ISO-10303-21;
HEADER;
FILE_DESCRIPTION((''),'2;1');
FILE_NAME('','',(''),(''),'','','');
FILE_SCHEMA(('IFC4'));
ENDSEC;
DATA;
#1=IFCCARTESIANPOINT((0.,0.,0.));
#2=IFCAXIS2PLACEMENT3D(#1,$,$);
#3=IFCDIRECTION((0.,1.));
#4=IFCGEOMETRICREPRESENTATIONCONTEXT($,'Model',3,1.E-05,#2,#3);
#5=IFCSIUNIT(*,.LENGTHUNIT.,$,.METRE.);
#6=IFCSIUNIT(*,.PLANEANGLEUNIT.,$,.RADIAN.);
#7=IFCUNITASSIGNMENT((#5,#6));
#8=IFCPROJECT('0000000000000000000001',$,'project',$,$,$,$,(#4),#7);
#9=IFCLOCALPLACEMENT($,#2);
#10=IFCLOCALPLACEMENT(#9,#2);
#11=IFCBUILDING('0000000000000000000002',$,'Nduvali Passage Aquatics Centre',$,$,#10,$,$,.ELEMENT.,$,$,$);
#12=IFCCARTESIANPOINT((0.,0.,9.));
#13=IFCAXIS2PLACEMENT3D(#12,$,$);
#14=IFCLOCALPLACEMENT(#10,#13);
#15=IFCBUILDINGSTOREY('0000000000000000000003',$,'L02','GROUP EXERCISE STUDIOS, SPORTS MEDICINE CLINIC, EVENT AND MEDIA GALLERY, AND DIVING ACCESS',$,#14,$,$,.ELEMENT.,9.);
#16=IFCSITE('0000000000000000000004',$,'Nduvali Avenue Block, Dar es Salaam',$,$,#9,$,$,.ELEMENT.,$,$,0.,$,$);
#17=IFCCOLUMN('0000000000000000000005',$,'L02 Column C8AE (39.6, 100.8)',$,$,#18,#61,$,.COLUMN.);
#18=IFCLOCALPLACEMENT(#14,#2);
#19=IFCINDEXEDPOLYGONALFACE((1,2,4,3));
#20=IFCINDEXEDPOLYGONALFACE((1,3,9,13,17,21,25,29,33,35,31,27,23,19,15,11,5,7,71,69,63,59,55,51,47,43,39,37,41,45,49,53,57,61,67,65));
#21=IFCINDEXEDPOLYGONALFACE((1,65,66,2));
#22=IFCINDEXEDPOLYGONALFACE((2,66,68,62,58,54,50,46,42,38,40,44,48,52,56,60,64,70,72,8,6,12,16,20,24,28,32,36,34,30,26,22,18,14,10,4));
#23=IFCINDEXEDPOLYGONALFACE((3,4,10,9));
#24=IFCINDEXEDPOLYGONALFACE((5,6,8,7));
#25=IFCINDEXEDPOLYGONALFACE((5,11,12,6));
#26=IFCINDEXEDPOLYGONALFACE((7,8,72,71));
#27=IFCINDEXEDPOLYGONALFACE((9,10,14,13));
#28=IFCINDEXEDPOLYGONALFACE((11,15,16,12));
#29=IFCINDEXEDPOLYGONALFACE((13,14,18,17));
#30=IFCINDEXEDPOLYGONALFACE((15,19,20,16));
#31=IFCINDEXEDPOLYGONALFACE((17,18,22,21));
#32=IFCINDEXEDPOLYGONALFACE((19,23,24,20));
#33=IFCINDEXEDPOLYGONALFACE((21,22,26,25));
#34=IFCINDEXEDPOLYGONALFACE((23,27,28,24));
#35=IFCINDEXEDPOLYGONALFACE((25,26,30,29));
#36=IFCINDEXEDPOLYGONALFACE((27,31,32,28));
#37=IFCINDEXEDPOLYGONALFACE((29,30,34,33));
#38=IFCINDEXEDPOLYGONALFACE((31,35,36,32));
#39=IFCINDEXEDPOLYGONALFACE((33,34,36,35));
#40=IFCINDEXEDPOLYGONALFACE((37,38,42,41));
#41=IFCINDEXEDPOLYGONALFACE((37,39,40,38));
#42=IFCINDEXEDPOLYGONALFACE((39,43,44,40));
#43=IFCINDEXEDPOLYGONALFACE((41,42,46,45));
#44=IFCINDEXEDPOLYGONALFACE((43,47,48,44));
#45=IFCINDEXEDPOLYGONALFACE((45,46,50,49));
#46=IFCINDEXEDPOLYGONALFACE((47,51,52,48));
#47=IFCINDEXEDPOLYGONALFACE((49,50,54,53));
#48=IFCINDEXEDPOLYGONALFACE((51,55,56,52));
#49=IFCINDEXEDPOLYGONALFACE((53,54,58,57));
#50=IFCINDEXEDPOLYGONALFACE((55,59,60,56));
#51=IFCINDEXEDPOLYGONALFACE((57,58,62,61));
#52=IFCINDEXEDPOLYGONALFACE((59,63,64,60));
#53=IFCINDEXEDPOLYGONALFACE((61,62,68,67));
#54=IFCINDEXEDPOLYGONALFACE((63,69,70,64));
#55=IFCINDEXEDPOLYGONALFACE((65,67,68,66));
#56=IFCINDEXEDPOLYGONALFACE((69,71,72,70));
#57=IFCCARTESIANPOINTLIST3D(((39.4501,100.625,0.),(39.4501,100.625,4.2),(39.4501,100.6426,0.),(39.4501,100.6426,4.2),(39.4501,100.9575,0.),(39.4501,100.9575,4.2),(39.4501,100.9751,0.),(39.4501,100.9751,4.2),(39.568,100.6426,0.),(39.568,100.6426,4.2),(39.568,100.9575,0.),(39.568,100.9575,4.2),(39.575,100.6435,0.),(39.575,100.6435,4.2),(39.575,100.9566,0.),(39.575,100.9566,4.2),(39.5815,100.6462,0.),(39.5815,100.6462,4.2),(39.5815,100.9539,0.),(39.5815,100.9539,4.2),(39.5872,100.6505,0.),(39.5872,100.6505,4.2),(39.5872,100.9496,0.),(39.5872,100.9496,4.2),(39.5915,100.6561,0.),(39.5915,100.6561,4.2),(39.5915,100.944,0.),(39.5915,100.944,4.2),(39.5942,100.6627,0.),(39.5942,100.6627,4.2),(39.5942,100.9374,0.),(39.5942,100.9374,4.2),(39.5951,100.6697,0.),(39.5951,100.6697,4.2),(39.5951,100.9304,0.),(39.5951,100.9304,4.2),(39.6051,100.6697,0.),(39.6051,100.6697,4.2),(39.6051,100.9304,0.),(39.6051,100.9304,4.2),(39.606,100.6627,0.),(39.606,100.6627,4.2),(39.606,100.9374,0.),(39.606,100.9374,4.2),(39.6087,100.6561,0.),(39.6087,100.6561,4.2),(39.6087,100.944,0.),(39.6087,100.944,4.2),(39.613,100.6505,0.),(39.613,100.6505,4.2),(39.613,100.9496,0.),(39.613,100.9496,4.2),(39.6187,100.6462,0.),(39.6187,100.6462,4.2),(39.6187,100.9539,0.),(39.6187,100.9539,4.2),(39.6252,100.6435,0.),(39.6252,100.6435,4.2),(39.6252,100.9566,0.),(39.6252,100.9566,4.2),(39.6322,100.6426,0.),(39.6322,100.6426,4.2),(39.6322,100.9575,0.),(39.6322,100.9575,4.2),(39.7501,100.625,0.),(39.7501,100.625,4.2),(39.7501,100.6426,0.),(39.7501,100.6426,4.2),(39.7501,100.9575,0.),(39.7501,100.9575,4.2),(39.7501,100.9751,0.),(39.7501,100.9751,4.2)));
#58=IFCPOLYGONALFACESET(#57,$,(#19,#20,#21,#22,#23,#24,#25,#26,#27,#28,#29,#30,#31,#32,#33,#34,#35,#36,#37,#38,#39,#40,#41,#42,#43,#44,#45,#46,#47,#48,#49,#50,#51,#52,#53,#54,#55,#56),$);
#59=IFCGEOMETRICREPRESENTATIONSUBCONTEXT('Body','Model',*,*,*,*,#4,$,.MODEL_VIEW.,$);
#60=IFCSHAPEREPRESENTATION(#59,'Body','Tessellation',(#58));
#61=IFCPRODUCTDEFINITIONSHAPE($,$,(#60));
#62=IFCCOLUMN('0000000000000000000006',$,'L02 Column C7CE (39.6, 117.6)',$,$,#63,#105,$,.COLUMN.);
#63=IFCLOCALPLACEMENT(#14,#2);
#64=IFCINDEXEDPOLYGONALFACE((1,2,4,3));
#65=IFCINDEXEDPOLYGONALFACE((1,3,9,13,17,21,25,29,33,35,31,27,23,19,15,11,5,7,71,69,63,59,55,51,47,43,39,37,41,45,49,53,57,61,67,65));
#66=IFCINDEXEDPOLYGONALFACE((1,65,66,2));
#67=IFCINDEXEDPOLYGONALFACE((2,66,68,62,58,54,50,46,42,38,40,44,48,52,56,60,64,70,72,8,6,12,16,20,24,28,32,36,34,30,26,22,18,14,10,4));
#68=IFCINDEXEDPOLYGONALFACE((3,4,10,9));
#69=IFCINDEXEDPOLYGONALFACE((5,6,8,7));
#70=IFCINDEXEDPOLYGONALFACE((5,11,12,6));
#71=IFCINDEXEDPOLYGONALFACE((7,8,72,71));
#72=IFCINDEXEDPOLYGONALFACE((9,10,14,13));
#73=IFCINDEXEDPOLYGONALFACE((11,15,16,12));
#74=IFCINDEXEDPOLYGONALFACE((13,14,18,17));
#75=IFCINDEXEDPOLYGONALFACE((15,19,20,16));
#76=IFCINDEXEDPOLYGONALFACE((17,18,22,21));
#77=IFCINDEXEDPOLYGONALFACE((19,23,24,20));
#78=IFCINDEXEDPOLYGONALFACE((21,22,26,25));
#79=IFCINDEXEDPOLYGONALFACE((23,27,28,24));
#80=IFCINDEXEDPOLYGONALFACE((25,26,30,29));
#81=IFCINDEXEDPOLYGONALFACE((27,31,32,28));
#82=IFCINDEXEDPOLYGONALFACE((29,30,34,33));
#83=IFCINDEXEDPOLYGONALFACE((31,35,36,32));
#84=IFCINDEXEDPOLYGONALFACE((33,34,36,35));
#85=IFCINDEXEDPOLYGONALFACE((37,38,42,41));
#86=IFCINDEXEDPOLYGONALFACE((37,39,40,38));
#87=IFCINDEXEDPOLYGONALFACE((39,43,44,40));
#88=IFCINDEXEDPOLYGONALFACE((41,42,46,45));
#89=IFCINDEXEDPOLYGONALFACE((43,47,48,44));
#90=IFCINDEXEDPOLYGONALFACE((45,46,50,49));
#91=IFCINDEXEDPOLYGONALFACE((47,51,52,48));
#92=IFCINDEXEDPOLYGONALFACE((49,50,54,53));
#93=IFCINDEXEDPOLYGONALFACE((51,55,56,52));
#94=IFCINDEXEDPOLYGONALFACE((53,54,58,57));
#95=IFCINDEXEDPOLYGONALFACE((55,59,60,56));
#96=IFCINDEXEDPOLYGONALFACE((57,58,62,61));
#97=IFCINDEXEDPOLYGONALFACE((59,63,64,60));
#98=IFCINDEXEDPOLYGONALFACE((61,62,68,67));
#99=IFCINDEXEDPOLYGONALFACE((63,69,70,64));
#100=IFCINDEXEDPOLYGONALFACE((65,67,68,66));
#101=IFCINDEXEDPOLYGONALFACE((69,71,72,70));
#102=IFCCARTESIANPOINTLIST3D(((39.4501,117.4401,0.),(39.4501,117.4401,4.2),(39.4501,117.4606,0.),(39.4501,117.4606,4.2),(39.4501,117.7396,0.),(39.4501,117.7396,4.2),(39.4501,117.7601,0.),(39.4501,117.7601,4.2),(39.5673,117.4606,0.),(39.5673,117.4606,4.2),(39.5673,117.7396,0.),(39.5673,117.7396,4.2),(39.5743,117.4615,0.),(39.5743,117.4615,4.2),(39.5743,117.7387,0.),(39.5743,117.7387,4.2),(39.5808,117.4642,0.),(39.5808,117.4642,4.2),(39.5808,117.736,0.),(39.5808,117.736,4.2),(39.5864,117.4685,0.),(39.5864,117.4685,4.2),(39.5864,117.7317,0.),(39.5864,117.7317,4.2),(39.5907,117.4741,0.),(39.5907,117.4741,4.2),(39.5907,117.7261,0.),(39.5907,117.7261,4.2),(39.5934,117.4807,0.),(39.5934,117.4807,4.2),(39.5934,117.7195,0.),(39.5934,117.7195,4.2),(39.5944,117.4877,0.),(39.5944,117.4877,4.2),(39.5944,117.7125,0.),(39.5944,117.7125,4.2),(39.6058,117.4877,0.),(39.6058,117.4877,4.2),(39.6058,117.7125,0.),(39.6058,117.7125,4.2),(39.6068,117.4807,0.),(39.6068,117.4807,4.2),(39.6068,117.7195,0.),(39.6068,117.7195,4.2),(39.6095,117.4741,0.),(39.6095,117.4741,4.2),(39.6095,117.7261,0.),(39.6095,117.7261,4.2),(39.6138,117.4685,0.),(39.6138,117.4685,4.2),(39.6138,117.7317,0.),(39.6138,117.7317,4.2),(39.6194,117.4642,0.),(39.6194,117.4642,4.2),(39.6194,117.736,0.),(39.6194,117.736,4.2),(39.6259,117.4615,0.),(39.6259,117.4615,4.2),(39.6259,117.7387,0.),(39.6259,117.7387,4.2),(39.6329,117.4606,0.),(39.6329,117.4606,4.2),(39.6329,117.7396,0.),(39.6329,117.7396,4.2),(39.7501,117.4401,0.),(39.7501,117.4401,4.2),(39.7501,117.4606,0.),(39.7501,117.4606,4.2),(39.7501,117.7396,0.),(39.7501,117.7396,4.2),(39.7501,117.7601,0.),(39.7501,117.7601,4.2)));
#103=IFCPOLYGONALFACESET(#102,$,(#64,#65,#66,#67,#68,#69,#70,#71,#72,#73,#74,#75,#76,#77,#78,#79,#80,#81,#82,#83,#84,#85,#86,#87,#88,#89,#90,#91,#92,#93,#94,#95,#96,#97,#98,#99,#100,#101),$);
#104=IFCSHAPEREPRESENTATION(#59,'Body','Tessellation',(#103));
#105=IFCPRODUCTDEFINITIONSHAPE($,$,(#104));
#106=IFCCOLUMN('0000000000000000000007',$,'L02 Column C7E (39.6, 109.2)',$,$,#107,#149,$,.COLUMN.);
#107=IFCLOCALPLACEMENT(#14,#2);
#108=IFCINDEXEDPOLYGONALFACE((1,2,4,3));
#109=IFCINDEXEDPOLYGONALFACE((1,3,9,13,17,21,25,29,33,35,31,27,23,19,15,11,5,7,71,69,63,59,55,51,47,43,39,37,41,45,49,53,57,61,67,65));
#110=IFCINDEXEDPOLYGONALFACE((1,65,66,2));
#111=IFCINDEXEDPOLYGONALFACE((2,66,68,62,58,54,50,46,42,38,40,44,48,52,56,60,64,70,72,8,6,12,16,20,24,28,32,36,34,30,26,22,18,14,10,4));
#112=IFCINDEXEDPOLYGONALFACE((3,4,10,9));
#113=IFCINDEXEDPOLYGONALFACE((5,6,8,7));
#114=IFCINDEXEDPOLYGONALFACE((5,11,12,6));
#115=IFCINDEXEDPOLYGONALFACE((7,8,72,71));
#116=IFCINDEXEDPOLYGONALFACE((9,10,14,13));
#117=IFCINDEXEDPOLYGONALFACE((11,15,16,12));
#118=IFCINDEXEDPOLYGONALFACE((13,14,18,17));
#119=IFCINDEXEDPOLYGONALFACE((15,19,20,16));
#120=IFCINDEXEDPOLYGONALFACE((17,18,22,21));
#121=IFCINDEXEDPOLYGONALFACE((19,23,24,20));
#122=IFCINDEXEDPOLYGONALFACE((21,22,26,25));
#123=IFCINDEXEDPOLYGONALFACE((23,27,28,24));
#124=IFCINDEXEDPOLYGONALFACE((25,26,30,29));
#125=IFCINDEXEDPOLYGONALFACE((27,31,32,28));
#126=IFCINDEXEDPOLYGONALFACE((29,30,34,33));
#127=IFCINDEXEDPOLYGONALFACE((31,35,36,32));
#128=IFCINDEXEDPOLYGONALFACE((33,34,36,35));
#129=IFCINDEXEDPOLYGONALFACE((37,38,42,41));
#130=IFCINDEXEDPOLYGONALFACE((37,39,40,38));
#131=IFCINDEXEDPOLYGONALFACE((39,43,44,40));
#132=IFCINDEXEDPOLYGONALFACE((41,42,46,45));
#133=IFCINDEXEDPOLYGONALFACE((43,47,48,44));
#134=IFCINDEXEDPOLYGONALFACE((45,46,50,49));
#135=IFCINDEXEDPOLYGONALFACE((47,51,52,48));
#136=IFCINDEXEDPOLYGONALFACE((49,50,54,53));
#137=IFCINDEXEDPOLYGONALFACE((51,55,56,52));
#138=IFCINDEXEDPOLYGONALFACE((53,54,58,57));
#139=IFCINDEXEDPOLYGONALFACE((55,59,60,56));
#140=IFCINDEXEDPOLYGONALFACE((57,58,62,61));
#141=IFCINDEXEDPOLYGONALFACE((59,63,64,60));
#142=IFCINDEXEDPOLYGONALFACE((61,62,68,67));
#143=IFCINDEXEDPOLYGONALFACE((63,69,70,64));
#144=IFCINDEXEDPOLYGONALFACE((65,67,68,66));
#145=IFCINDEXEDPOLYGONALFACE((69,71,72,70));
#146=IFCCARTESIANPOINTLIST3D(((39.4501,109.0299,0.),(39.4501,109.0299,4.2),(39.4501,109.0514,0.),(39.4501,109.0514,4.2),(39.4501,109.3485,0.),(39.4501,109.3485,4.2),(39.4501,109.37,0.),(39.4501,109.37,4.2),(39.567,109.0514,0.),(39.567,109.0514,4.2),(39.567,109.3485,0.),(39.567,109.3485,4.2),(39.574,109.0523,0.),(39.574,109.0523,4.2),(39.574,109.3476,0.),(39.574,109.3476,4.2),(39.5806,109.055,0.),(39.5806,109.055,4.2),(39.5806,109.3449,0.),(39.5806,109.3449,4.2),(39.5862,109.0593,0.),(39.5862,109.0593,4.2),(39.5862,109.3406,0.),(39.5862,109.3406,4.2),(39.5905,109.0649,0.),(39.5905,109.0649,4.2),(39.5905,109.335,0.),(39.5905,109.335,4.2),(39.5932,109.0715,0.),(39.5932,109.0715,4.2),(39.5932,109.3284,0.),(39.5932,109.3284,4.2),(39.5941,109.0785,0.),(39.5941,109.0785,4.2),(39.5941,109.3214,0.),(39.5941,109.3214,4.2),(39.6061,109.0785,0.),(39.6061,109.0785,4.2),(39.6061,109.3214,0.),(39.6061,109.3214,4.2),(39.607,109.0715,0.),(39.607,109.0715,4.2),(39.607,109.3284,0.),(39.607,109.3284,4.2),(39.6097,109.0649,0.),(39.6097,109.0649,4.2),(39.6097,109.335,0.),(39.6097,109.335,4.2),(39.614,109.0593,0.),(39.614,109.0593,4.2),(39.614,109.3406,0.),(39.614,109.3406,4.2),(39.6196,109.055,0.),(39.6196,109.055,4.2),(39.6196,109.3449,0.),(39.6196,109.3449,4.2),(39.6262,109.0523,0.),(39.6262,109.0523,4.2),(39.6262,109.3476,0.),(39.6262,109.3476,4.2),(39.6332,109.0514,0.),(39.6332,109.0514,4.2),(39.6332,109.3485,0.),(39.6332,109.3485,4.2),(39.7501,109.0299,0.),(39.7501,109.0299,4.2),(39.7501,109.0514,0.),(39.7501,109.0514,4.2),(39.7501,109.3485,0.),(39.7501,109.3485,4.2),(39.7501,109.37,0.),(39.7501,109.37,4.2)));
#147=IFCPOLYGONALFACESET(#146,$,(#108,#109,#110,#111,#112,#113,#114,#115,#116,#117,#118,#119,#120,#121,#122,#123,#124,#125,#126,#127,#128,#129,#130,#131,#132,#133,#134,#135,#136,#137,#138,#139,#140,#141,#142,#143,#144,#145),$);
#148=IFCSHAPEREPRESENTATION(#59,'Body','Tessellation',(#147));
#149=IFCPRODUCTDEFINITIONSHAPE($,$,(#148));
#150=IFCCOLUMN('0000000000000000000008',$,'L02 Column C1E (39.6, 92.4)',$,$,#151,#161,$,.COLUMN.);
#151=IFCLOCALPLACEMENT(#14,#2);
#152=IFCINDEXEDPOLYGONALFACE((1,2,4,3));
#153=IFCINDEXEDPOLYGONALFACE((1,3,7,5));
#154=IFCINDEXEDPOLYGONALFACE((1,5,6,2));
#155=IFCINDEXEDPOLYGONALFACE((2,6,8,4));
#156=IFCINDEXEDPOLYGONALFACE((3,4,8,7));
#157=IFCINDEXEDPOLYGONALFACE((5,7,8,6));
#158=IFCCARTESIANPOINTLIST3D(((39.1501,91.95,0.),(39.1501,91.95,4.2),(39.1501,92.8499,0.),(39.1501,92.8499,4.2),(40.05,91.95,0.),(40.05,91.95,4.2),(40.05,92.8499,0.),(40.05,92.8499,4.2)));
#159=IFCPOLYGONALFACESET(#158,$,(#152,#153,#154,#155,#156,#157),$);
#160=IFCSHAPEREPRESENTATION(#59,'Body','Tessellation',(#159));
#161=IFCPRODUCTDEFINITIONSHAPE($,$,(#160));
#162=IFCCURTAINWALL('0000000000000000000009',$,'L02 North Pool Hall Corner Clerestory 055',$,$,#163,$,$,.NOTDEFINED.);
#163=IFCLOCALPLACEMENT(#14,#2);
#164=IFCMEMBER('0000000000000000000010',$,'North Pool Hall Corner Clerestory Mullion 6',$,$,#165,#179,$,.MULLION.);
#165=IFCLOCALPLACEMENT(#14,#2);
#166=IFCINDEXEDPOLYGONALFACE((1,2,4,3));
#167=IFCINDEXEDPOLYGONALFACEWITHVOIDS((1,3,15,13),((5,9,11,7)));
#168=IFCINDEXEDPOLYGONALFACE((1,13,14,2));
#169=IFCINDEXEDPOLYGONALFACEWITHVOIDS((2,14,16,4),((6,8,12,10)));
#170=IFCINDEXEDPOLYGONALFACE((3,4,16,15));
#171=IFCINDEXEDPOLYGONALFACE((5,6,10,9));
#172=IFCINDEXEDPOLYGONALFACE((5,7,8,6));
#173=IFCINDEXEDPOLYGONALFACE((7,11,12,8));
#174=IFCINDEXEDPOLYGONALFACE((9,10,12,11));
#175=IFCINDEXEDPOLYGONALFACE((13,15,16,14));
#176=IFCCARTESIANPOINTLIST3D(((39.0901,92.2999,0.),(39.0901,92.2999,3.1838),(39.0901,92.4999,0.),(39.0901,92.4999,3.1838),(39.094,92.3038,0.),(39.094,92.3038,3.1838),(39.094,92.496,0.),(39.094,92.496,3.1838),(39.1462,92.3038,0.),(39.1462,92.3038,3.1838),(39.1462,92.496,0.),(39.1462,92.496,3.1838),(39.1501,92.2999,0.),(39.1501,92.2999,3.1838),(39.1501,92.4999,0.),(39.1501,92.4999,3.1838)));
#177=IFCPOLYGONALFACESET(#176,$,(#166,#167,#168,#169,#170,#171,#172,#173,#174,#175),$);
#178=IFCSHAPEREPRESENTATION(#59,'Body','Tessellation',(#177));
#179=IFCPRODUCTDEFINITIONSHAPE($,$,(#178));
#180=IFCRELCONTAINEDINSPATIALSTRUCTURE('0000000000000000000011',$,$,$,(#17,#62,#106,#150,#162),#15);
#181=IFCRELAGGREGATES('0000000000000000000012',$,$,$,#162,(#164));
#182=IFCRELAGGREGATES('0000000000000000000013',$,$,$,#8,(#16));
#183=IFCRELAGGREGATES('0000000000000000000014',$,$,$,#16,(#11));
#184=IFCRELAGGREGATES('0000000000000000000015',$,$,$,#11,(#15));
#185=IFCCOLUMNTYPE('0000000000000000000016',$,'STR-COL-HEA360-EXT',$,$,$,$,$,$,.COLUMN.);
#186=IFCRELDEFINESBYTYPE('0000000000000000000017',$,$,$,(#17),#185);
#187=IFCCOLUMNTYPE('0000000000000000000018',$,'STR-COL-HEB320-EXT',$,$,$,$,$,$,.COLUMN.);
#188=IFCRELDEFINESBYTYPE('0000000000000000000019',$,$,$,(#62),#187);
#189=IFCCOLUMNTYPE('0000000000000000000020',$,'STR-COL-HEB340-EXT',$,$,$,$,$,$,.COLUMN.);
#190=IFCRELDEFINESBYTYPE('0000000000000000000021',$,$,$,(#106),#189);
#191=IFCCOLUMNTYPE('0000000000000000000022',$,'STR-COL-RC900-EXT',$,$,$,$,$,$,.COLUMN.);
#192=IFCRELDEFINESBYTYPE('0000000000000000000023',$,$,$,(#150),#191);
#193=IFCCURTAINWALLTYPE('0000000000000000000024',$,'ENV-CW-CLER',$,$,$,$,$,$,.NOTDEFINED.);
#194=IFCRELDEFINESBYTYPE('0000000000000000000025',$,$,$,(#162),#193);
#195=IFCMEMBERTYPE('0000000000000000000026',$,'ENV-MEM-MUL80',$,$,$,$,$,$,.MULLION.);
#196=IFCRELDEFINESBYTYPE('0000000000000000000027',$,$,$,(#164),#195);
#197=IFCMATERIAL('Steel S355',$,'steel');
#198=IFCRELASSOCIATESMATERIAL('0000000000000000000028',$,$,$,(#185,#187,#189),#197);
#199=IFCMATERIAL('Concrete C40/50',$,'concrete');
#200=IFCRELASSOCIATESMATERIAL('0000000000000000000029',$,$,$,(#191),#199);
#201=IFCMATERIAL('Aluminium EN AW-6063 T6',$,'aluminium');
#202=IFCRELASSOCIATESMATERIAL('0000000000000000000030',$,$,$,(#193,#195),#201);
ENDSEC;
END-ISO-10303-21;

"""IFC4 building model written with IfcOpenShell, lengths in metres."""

from ifc_helpers import new_model, si_unit, direction, frame, origin, origin_2d, place, context, subcontext, project, spatial, rectangle, hollow_rectangle, i_section, extrude, material, material_profile, profile_set, type_object, element, aggregate, save


model = new_model("IFC4")

# Units and contexts
model_context = context("Model", 3, precision=1e-05, world=origin(), true_north=direction((0.0, 1.0)))
body_context = subcontext(model_context, "Body", "Model", "MODEL_VIEW")
ifc_project = project(units=[si_unit("LENGTHUNIT", "METRE"), si_unit("PLANEANGLEUNIT", "RADIAN")], contexts=[model_context])

# Site, building, storey
site_placement = place(None, origin())
site = spatial("IfcSite", under=ifc_project, at=site_placement, Name="Nduvali Avenue Block, Dar es Salaam", CompositionType="ELEMENT", RefElevation=0.0)
building_placement = place(site_placement, origin())
building = spatial("IfcBuilding", under=site, at=building_placement, Name="Nduvali Passage Aquatics Centre", CompositionType="ELEMENT")
storey_placement = place(building_placement, frame((0.0, 0.0, 9.0)))
storey = spatial("IfcBuildingStorey", under=building, at=storey_placement, Name="L02", Description="GROUP EXERCISE STUDIOS, SPORTS MEDICINE CLINIC, EVENT AND MEDIA GALLERY, AND DIVING ACCESS", CompositionType="ELEMENT", Elevation=9.0)

# Columns
ifc_material_1 = material(Name="Steel S355", Category="steel")
ifc_material_profile_1 = material_profile(ifc_material_1, i_section(OverallWidth=0.3, OverallDepth=0.3501, WebThickness=0.01, FlangeThickness=0.0176, FilletRadius=0.0271, at=origin_2d()), Name="HEA 360")
ifc_profile_set_1 = profile_set([ifc_material_profile_1], Name="Steel S355")
column_type_1 = type_object("IfcColumnType", Name="STR-COL-HEA360-EXT", PredefinedType="COLUMN", material=ifc_profile_set_1)
column_1_placement = place(storey_placement, frame((39.6001, 100.8, 0.0), z_axis=(0.0, 0.0, 1.0), x_axis=(1.0, 0.0, 0.0)))
element("IfcColumn", 1, at=column_1_placement, inside=storey, type_object=column_type_1, Name="L02 Column C8AE (39.6, 100.8)", PredefinedType="COLUMN", context=body_context, shape_type="SweptSolid", body=[
    extrude(i_section(OverallWidth=0.3, OverallDepth=0.3501, WebThickness=0.01, FlangeThickness=0.0176, FilletRadius=0.0271, at=origin_2d()), origin(), (0.0, 0.0, 1.0), 4.2),
])
ifc_material_profile_2 = material_profile(ifc_material_1, i_section(OverallWidth=0.3, OverallDepth=0.3201, WebThickness=0.0115, FlangeThickness=0.0205, FilletRadius=0.0271, at=origin_2d()), Name="HEB 320")
ifc_profile_set_2 = profile_set([ifc_material_profile_2], Name="Steel S355")
column_type_2 = type_object("IfcColumnType", Name="STR-COL-HEB320-EXT", PredefinedType="COLUMN", material=ifc_profile_set_2)
column_2_placement = place(storey_placement, frame((39.6001, 117.6001, 0.0), z_axis=(0.0, 0.0, 1.0), x_axis=(1.0, 0.0, 0.0)))
element("IfcColumn", 2, at=column_2_placement, inside=storey, type_object=column_type_2, Name="L02 Column C7CE (39.6, 117.6)", PredefinedType="COLUMN", context=body_context, shape_type="SweptSolid", body=[
    extrude(i_section(OverallWidth=0.3, OverallDepth=0.3201, WebThickness=0.0115, FlangeThickness=0.0205, FilletRadius=0.0271, at=origin_2d()), origin(), (0.0, 0.0, 1.0), 4.2),
])
ifc_material_profile_3 = material_profile(ifc_material_1, i_section(OverallWidth=0.3, OverallDepth=0.3401, WebThickness=0.012, FlangeThickness=0.0215, FilletRadius=0.0271, at=origin_2d()), Name="HEB 340")
ifc_profile_set_3 = profile_set([ifc_material_profile_3], Name="Steel S355")
column_type_3 = type_object("IfcColumnType", Name="STR-COL-HEB340-EXT", PredefinedType="COLUMN", material=ifc_profile_set_3)
column_3_placement = place(storey_placement, frame((39.6001, 109.2, 0.0), z_axis=(0.0, 0.0, 1.0), x_axis=(1.0, 0.0, 0.0)))
element("IfcColumn", 3, at=column_3_placement, inside=storey, type_object=column_type_3, Name="L02 Column C7E (39.6, 109.2)", PredefinedType="COLUMN", context=body_context, shape_type="SweptSolid", body=[
    extrude(i_section(OverallWidth=0.3, OverallDepth=0.3401, WebThickness=0.012, FlangeThickness=0.0215, FilletRadius=0.0271, at=origin_2d()), origin(), (0.0, 0.0, 1.0), 4.2),
])
ifc_material_2 = material(Name="Concrete C40/50", Category="concrete")
ifc_material_profile_4 = material_profile(ifc_material_2, rectangle(XDim=0.8999, YDim=0.8999, at=origin_2d()), Name="RC 900x900")
ifc_profile_set_4 = profile_set([ifc_material_profile_4], Name="Concrete C40/50")
column_type_4 = type_object("IfcColumnType", Name="STR-COL-RC900-EXT", PredefinedType="COLUMN", material=ifc_profile_set_4)
column_4_placement = place(storey_placement, frame((39.6001, 92.3999, 0.0), z_axis=(0.0, 0.0, 1.0), x_axis=(1.0, 0.0, 0.0)))
element("IfcColumn", 4, at=column_4_placement, inside=storey, type_object=column_type_4, Name="L02 Column C1E (39.6, 92.4)", PredefinedType="COLUMN", context=body_context, shape_type="SweptSolid", body=[
    extrude(rectangle(XDim=0.8999, YDim=0.8999, at=origin_2d()), origin(), (0.0, 0.0, 1.0), 4.2),
])

# Curtain wall, member
ifc_material_3 = material(Name="Aluminium EN AW-6063 T6", Category="aluminium")
curtain_wall_type = type_object("IfcCurtainWallType", Name="ENV-CW-CLER", PredefinedType="NOTDEFINED", material=ifc_material_3)
curtain_wall_placement = place(storey_placement, origin())
curtain_wall = element("IfcCurtainWall", 5, at=curtain_wall_placement, inside=storey, type_object=curtain_wall_type, Name="L02 North Pool Hall Corner Clerestory 055", PredefinedType="NOTDEFINED")
ifc_material_profile_5 = material_profile(ifc_material_3, hollow_rectangle(XDim=0.0601, YDim=0.2, WallThickness=0.0039, at=origin_2d()), Name="ALU MULLION 60x200x4")
ifc_profile_set_5 = profile_set([ifc_material_profile_5], Name="Aluminium EN AW-6063 T6")
member_type_1 = type_object("IfcMemberType", Name="ENV-MEM-MUL80", PredefinedType="MULLION", material=ifc_profile_set_5)
member_1_placement = place(storey_placement, frame((39.1201, 92.3999, 0.0), z_axis=(0.0, 0.0, 1.0), x_axis=(1.0, 0.0, 0.0)))
member_1 = element("IfcMember", 6, at=member_1_placement, type_object=member_type_1, Name="North Pool Hall Corner Clerestory Mullion 6", PredefinedType="MULLION", context=body_context, shape_type="SweptSolid", body=[
    extrude(hollow_rectangle(XDim=0.0601, YDim=0.2, WallThickness=0.0039, at=origin_2d()), origin(), (0.0, 0.0, 1.0), 3.1838),
])

aggregate(curtain_wall, [member_1])

save(model, "model.ifc")
